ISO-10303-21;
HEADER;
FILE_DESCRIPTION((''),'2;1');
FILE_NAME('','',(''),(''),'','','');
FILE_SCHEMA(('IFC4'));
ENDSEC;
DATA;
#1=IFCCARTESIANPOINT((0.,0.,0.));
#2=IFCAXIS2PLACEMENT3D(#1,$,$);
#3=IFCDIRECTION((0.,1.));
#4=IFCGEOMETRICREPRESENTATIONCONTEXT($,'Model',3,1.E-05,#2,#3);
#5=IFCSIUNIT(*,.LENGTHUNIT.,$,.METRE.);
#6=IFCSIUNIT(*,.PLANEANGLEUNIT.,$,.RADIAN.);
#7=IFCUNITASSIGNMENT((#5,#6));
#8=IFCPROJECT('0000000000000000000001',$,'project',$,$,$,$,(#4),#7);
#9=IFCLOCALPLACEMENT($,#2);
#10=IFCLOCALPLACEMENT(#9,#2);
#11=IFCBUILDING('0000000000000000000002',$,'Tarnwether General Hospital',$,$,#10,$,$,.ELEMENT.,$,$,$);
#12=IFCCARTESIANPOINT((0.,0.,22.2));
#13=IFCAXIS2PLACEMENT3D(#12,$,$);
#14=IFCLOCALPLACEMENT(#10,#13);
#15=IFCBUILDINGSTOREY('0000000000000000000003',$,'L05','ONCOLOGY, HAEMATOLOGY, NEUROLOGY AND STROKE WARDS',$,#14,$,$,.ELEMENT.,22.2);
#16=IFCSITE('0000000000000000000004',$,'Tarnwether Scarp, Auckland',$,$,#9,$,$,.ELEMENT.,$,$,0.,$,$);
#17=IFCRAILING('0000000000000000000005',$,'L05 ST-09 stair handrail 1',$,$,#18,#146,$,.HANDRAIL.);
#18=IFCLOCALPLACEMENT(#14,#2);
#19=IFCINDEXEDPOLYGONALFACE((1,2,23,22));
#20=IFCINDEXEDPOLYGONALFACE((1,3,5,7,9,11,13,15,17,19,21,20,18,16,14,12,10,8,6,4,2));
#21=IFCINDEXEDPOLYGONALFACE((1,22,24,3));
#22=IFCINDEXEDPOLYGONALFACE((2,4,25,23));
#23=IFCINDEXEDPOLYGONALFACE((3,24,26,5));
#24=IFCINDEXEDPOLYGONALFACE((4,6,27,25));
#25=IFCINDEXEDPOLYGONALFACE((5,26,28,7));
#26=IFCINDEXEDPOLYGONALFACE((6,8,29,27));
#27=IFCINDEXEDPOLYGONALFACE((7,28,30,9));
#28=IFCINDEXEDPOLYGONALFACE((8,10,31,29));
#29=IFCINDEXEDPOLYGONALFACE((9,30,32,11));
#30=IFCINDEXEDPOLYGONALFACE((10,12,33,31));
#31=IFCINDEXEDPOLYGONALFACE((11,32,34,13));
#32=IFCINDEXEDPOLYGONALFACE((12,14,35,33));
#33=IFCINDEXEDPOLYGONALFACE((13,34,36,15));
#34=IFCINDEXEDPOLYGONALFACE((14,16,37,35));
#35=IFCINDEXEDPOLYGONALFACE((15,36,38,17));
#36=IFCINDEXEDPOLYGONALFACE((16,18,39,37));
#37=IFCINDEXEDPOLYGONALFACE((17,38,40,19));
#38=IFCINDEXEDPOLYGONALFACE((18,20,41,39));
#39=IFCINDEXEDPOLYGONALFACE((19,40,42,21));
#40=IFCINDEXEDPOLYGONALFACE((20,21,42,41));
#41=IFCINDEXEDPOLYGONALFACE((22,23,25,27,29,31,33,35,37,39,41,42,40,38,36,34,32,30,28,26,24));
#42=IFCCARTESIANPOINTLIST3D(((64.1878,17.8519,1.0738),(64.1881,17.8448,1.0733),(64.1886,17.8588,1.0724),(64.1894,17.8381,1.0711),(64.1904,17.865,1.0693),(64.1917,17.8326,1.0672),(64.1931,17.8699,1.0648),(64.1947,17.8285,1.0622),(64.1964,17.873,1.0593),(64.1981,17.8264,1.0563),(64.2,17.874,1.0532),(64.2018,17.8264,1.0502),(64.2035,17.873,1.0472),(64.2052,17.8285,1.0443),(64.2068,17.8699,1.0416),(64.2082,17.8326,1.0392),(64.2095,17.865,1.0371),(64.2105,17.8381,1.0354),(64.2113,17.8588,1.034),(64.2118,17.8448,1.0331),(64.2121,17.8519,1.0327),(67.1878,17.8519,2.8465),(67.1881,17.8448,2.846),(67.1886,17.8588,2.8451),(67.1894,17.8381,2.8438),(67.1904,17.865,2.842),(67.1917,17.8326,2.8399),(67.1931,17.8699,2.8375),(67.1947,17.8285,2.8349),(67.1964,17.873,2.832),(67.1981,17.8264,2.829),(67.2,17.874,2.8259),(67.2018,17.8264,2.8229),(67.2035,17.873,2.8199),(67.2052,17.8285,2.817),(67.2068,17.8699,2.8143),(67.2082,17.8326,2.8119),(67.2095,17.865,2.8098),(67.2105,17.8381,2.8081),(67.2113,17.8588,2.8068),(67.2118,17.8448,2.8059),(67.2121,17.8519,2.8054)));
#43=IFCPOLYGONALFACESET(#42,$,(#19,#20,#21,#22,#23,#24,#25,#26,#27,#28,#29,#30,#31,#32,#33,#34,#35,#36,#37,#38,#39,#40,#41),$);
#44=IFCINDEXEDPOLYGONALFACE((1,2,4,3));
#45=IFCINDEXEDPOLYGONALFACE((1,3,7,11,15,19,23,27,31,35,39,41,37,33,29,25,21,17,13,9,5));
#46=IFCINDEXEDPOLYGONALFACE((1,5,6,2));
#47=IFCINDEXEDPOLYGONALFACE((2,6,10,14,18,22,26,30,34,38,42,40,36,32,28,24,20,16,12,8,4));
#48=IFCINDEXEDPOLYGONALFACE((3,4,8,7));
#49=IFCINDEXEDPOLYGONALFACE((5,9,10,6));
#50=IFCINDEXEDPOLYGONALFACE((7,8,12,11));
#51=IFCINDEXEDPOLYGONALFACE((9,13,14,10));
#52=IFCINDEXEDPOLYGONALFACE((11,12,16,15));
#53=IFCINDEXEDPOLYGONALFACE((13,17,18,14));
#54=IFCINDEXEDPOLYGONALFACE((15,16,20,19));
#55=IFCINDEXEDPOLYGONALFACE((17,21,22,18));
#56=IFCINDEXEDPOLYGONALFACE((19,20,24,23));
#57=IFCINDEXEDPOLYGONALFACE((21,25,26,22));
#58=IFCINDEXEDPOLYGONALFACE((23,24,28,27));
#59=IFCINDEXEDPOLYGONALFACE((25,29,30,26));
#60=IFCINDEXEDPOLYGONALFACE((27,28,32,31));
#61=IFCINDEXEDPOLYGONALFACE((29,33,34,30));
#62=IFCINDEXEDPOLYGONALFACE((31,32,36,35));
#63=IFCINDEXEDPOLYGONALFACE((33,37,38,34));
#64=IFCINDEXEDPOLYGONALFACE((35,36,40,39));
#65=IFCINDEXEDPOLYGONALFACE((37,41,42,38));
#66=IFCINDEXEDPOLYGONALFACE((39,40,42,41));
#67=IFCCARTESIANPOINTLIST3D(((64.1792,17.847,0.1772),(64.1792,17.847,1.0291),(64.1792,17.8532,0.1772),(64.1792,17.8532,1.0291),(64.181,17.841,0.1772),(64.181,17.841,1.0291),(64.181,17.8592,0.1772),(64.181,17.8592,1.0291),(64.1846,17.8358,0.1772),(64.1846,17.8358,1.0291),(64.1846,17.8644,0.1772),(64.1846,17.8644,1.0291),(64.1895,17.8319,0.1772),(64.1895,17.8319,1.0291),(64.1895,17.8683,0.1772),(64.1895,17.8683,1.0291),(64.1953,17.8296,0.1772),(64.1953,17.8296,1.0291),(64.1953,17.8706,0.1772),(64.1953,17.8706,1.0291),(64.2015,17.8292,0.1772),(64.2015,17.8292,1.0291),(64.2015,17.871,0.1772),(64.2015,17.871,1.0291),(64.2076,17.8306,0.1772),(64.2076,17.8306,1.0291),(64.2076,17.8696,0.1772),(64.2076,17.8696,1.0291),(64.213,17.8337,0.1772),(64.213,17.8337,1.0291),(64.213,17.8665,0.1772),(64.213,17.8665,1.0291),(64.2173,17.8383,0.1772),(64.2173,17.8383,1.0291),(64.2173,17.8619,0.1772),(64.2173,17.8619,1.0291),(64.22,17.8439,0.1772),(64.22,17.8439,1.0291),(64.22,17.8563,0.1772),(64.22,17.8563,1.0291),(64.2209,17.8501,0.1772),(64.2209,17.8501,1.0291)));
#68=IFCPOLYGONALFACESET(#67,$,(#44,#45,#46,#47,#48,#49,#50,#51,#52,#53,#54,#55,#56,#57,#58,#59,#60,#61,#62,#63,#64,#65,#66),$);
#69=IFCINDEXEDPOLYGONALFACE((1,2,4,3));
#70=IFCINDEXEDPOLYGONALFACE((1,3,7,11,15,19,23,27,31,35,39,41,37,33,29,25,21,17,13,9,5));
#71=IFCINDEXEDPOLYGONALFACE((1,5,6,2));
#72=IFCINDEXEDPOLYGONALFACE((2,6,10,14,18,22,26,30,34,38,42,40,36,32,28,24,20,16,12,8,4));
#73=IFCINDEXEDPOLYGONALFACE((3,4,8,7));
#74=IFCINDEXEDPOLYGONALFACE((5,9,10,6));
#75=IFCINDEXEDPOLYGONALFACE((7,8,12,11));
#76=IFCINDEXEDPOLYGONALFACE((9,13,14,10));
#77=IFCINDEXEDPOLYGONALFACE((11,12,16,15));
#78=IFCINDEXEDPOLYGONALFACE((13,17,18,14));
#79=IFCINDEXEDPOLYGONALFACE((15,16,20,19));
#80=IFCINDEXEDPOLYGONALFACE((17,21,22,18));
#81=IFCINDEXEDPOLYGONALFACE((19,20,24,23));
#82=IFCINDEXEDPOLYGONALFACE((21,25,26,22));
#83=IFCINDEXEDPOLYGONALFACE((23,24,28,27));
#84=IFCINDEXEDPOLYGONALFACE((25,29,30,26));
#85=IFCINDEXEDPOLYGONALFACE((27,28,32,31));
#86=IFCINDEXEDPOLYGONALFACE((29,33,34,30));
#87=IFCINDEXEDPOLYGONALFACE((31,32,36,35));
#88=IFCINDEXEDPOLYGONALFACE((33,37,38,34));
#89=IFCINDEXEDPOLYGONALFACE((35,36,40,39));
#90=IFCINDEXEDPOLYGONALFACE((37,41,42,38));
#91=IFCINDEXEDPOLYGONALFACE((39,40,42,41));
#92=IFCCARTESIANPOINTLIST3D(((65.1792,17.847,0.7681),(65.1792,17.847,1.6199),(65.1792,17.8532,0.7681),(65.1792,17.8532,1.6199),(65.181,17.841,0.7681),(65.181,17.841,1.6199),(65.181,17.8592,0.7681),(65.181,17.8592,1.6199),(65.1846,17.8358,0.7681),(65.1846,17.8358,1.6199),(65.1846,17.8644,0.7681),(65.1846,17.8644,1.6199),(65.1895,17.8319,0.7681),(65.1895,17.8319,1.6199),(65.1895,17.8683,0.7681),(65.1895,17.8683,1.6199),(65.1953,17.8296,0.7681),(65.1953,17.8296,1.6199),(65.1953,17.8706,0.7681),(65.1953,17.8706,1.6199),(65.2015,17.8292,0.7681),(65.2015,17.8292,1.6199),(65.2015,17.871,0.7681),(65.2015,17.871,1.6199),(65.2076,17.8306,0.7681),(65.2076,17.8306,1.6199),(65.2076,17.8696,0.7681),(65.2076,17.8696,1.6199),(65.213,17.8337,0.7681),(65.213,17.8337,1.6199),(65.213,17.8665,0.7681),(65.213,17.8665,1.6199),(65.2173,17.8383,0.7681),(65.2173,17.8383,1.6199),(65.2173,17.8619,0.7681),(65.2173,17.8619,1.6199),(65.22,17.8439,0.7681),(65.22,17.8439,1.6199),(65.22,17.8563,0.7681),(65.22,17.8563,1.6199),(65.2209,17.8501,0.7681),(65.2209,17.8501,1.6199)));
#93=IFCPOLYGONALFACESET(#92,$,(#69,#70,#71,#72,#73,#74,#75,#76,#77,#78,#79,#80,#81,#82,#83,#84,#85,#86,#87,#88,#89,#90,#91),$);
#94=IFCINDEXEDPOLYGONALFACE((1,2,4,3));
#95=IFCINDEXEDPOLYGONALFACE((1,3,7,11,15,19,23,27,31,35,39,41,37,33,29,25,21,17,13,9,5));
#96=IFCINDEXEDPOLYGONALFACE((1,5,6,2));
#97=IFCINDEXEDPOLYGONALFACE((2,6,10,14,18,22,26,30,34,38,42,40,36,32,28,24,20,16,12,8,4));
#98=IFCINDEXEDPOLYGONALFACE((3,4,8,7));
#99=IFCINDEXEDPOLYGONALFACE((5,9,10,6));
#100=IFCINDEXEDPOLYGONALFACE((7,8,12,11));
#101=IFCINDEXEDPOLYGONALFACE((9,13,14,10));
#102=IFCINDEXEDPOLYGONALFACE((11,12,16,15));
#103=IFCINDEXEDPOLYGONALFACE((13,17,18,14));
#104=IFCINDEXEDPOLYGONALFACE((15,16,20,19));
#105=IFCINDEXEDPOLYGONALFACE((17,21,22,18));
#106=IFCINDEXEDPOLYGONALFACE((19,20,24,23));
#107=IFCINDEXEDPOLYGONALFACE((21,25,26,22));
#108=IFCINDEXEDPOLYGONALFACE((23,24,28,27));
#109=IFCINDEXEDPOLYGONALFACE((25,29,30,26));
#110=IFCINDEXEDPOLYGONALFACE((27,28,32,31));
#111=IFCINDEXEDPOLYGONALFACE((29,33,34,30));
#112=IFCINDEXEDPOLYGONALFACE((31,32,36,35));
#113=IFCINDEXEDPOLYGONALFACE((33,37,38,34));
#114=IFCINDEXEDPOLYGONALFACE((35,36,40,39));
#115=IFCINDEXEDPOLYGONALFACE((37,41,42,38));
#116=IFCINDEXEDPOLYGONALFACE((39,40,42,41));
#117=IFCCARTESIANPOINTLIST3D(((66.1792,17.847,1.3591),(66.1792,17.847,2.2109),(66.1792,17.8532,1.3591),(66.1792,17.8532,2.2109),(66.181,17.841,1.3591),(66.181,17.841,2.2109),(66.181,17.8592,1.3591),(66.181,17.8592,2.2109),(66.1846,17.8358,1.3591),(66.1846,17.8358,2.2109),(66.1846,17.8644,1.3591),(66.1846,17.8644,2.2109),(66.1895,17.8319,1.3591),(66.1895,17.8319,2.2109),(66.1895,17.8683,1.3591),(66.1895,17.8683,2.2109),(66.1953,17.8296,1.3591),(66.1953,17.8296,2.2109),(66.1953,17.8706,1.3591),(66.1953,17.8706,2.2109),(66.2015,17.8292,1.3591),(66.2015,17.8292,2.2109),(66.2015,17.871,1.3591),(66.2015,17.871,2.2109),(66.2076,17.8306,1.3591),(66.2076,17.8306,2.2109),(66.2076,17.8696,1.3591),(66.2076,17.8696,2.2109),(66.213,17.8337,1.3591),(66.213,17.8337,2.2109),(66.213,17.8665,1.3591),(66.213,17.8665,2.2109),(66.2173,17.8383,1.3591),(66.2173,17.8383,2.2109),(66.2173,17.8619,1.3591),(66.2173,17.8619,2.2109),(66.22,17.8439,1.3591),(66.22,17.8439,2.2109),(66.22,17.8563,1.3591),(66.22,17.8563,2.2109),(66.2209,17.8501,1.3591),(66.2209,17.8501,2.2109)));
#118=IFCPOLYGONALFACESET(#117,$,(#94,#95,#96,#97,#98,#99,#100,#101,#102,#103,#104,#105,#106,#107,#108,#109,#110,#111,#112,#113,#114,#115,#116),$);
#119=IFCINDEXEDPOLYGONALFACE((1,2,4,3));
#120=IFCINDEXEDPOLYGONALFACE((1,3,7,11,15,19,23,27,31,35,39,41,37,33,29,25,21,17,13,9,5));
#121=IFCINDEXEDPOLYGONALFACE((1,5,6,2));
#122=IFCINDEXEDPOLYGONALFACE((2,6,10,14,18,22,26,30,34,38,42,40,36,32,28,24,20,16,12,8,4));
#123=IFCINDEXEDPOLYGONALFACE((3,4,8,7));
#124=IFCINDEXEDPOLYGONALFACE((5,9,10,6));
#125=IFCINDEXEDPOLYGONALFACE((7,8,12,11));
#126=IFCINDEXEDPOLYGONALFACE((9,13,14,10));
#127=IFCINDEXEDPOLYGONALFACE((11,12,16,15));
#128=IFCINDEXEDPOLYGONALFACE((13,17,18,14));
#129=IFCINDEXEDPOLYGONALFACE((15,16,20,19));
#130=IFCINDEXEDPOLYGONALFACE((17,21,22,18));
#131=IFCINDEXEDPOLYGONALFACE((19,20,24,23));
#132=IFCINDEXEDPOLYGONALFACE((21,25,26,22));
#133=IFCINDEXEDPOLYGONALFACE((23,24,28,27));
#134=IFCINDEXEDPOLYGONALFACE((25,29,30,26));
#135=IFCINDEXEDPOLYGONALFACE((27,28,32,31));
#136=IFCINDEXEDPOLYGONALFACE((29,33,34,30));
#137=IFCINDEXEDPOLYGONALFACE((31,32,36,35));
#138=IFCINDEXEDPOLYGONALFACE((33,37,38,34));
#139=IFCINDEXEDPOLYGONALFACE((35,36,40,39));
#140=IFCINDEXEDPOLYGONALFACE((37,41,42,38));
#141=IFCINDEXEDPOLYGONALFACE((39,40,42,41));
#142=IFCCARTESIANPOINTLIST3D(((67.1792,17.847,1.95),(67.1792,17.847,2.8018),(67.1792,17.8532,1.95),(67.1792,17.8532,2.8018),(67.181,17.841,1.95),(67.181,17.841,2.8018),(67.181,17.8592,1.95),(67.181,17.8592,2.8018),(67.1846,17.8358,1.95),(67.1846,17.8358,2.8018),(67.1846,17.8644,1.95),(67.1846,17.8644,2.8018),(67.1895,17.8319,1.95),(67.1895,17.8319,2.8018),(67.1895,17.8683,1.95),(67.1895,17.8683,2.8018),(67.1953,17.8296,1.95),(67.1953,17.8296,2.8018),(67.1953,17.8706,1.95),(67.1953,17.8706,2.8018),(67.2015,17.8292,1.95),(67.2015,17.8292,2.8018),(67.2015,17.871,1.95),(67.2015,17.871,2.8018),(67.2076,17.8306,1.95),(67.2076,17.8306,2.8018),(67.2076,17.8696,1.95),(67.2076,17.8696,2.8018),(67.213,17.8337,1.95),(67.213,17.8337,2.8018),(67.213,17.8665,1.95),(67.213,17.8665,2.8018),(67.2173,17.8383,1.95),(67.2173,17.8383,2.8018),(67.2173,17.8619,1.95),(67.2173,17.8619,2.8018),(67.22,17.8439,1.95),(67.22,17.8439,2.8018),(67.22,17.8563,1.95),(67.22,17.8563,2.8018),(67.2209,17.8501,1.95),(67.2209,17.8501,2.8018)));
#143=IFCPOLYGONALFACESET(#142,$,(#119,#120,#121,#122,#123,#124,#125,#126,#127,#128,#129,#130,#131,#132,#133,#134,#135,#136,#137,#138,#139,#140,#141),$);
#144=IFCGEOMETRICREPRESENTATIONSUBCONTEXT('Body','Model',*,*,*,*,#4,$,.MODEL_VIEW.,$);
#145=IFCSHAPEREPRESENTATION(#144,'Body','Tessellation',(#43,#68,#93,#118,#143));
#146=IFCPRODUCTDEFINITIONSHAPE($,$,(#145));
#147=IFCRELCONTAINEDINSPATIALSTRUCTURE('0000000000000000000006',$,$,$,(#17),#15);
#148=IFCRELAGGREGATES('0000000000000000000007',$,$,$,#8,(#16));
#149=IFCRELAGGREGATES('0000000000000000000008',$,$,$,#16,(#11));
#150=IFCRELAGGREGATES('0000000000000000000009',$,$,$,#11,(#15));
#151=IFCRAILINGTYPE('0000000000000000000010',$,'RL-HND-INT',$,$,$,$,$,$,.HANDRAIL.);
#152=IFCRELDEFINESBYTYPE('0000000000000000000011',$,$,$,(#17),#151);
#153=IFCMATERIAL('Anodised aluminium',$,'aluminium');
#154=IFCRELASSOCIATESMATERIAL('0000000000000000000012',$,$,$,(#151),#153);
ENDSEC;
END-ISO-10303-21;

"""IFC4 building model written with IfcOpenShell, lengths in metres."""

from ifc_helpers import new_model, si_unit, direction, frame, origin, origin_2d, place, context, subcontext, project, spatial, circle, extrude, material, type_object, element, save


model = new_model("IFC4")

# Units and contexts
model_context = context("Model", 3, precision=1e-05, world=origin(), true_north=direction((0.0, 1.0)))
body_context = subcontext(model_context, "Body", "Model", "MODEL_VIEW")
ifc_project = project(units=[si_unit("LENGTHUNIT", "METRE"), si_unit("PLANEANGLEUNIT", "RADIAN")], contexts=[model_context])

# Site, building, storey
site_placement = place(None, origin())
site = spatial("IfcSite", under=ifc_project, at=site_placement, Name="Tarnwether Scarp, Auckland", CompositionType="ELEMENT", RefElevation=0.0)
building_placement = place(site_placement, origin())
building = spatial("IfcBuilding", under=site, at=building_placement, Name="Tarnwether General Hospital", CompositionType="ELEMENT")
storey_placement = place(building_placement, frame((0.0, 0.0, 22.2)))
storey = spatial("IfcBuildingStorey", under=building, at=storey_placement, Name="L05", Description="ONCOLOGY, HAEMATOLOGY, NEUROLOGY AND STROKE WARDS", CompositionType="ELEMENT", Elevation=22.2)

# Railing
ifc_material_1 = material(Name="Anodised aluminium", Category="aluminium")
railing_type_1 = type_object("IfcRailingType", Name="RL-HND-INT", PredefinedType="HANDRAIL", material=ifc_material_1)
railing_1_placement = place(storey_placement, frame((64.2, 17.8501, 0.1772)))
element("IfcRailing", 1, at=railing_1_placement, inside=storey, type_object=railing_type_1, Name="L05 ST-09 stair handrail 1", PredefinedType="HANDRAIL", context=body_context, shape_type="SweptSolid", body=[
    extrude(circle(Radius=0.0239, at=origin_2d()), frame((0.0, 0.0, 0.876), z_axis=(0.860929, 0.0, 0.508725), x_axis=(0.0, 1.0, 0.0)), (0.0, 0.0, 1.0), 3.4846),
    extrude(circle(Radius=0.021, at=origin_2d()), origin(), (0.0, 0.0, 1.0), 0.8518),
    extrude(circle(Radius=0.021, at=origin_2d()), frame((1.0, 0.0, 0.5908)), (0.0, 0.0, 1.0), 0.8518),
    extrude(circle(Radius=0.021, at=origin_2d()), frame((2.0, 0.0, 1.1819)), (0.0, 0.0, 1.0), 0.8518),
    extrude(circle(Radius=0.021, at=origin_2d()), frame((3.0, 0.0, 1.7727)), (0.0, 0.0, 1.0), 0.8518),
])

save(model, "model.ifc")
